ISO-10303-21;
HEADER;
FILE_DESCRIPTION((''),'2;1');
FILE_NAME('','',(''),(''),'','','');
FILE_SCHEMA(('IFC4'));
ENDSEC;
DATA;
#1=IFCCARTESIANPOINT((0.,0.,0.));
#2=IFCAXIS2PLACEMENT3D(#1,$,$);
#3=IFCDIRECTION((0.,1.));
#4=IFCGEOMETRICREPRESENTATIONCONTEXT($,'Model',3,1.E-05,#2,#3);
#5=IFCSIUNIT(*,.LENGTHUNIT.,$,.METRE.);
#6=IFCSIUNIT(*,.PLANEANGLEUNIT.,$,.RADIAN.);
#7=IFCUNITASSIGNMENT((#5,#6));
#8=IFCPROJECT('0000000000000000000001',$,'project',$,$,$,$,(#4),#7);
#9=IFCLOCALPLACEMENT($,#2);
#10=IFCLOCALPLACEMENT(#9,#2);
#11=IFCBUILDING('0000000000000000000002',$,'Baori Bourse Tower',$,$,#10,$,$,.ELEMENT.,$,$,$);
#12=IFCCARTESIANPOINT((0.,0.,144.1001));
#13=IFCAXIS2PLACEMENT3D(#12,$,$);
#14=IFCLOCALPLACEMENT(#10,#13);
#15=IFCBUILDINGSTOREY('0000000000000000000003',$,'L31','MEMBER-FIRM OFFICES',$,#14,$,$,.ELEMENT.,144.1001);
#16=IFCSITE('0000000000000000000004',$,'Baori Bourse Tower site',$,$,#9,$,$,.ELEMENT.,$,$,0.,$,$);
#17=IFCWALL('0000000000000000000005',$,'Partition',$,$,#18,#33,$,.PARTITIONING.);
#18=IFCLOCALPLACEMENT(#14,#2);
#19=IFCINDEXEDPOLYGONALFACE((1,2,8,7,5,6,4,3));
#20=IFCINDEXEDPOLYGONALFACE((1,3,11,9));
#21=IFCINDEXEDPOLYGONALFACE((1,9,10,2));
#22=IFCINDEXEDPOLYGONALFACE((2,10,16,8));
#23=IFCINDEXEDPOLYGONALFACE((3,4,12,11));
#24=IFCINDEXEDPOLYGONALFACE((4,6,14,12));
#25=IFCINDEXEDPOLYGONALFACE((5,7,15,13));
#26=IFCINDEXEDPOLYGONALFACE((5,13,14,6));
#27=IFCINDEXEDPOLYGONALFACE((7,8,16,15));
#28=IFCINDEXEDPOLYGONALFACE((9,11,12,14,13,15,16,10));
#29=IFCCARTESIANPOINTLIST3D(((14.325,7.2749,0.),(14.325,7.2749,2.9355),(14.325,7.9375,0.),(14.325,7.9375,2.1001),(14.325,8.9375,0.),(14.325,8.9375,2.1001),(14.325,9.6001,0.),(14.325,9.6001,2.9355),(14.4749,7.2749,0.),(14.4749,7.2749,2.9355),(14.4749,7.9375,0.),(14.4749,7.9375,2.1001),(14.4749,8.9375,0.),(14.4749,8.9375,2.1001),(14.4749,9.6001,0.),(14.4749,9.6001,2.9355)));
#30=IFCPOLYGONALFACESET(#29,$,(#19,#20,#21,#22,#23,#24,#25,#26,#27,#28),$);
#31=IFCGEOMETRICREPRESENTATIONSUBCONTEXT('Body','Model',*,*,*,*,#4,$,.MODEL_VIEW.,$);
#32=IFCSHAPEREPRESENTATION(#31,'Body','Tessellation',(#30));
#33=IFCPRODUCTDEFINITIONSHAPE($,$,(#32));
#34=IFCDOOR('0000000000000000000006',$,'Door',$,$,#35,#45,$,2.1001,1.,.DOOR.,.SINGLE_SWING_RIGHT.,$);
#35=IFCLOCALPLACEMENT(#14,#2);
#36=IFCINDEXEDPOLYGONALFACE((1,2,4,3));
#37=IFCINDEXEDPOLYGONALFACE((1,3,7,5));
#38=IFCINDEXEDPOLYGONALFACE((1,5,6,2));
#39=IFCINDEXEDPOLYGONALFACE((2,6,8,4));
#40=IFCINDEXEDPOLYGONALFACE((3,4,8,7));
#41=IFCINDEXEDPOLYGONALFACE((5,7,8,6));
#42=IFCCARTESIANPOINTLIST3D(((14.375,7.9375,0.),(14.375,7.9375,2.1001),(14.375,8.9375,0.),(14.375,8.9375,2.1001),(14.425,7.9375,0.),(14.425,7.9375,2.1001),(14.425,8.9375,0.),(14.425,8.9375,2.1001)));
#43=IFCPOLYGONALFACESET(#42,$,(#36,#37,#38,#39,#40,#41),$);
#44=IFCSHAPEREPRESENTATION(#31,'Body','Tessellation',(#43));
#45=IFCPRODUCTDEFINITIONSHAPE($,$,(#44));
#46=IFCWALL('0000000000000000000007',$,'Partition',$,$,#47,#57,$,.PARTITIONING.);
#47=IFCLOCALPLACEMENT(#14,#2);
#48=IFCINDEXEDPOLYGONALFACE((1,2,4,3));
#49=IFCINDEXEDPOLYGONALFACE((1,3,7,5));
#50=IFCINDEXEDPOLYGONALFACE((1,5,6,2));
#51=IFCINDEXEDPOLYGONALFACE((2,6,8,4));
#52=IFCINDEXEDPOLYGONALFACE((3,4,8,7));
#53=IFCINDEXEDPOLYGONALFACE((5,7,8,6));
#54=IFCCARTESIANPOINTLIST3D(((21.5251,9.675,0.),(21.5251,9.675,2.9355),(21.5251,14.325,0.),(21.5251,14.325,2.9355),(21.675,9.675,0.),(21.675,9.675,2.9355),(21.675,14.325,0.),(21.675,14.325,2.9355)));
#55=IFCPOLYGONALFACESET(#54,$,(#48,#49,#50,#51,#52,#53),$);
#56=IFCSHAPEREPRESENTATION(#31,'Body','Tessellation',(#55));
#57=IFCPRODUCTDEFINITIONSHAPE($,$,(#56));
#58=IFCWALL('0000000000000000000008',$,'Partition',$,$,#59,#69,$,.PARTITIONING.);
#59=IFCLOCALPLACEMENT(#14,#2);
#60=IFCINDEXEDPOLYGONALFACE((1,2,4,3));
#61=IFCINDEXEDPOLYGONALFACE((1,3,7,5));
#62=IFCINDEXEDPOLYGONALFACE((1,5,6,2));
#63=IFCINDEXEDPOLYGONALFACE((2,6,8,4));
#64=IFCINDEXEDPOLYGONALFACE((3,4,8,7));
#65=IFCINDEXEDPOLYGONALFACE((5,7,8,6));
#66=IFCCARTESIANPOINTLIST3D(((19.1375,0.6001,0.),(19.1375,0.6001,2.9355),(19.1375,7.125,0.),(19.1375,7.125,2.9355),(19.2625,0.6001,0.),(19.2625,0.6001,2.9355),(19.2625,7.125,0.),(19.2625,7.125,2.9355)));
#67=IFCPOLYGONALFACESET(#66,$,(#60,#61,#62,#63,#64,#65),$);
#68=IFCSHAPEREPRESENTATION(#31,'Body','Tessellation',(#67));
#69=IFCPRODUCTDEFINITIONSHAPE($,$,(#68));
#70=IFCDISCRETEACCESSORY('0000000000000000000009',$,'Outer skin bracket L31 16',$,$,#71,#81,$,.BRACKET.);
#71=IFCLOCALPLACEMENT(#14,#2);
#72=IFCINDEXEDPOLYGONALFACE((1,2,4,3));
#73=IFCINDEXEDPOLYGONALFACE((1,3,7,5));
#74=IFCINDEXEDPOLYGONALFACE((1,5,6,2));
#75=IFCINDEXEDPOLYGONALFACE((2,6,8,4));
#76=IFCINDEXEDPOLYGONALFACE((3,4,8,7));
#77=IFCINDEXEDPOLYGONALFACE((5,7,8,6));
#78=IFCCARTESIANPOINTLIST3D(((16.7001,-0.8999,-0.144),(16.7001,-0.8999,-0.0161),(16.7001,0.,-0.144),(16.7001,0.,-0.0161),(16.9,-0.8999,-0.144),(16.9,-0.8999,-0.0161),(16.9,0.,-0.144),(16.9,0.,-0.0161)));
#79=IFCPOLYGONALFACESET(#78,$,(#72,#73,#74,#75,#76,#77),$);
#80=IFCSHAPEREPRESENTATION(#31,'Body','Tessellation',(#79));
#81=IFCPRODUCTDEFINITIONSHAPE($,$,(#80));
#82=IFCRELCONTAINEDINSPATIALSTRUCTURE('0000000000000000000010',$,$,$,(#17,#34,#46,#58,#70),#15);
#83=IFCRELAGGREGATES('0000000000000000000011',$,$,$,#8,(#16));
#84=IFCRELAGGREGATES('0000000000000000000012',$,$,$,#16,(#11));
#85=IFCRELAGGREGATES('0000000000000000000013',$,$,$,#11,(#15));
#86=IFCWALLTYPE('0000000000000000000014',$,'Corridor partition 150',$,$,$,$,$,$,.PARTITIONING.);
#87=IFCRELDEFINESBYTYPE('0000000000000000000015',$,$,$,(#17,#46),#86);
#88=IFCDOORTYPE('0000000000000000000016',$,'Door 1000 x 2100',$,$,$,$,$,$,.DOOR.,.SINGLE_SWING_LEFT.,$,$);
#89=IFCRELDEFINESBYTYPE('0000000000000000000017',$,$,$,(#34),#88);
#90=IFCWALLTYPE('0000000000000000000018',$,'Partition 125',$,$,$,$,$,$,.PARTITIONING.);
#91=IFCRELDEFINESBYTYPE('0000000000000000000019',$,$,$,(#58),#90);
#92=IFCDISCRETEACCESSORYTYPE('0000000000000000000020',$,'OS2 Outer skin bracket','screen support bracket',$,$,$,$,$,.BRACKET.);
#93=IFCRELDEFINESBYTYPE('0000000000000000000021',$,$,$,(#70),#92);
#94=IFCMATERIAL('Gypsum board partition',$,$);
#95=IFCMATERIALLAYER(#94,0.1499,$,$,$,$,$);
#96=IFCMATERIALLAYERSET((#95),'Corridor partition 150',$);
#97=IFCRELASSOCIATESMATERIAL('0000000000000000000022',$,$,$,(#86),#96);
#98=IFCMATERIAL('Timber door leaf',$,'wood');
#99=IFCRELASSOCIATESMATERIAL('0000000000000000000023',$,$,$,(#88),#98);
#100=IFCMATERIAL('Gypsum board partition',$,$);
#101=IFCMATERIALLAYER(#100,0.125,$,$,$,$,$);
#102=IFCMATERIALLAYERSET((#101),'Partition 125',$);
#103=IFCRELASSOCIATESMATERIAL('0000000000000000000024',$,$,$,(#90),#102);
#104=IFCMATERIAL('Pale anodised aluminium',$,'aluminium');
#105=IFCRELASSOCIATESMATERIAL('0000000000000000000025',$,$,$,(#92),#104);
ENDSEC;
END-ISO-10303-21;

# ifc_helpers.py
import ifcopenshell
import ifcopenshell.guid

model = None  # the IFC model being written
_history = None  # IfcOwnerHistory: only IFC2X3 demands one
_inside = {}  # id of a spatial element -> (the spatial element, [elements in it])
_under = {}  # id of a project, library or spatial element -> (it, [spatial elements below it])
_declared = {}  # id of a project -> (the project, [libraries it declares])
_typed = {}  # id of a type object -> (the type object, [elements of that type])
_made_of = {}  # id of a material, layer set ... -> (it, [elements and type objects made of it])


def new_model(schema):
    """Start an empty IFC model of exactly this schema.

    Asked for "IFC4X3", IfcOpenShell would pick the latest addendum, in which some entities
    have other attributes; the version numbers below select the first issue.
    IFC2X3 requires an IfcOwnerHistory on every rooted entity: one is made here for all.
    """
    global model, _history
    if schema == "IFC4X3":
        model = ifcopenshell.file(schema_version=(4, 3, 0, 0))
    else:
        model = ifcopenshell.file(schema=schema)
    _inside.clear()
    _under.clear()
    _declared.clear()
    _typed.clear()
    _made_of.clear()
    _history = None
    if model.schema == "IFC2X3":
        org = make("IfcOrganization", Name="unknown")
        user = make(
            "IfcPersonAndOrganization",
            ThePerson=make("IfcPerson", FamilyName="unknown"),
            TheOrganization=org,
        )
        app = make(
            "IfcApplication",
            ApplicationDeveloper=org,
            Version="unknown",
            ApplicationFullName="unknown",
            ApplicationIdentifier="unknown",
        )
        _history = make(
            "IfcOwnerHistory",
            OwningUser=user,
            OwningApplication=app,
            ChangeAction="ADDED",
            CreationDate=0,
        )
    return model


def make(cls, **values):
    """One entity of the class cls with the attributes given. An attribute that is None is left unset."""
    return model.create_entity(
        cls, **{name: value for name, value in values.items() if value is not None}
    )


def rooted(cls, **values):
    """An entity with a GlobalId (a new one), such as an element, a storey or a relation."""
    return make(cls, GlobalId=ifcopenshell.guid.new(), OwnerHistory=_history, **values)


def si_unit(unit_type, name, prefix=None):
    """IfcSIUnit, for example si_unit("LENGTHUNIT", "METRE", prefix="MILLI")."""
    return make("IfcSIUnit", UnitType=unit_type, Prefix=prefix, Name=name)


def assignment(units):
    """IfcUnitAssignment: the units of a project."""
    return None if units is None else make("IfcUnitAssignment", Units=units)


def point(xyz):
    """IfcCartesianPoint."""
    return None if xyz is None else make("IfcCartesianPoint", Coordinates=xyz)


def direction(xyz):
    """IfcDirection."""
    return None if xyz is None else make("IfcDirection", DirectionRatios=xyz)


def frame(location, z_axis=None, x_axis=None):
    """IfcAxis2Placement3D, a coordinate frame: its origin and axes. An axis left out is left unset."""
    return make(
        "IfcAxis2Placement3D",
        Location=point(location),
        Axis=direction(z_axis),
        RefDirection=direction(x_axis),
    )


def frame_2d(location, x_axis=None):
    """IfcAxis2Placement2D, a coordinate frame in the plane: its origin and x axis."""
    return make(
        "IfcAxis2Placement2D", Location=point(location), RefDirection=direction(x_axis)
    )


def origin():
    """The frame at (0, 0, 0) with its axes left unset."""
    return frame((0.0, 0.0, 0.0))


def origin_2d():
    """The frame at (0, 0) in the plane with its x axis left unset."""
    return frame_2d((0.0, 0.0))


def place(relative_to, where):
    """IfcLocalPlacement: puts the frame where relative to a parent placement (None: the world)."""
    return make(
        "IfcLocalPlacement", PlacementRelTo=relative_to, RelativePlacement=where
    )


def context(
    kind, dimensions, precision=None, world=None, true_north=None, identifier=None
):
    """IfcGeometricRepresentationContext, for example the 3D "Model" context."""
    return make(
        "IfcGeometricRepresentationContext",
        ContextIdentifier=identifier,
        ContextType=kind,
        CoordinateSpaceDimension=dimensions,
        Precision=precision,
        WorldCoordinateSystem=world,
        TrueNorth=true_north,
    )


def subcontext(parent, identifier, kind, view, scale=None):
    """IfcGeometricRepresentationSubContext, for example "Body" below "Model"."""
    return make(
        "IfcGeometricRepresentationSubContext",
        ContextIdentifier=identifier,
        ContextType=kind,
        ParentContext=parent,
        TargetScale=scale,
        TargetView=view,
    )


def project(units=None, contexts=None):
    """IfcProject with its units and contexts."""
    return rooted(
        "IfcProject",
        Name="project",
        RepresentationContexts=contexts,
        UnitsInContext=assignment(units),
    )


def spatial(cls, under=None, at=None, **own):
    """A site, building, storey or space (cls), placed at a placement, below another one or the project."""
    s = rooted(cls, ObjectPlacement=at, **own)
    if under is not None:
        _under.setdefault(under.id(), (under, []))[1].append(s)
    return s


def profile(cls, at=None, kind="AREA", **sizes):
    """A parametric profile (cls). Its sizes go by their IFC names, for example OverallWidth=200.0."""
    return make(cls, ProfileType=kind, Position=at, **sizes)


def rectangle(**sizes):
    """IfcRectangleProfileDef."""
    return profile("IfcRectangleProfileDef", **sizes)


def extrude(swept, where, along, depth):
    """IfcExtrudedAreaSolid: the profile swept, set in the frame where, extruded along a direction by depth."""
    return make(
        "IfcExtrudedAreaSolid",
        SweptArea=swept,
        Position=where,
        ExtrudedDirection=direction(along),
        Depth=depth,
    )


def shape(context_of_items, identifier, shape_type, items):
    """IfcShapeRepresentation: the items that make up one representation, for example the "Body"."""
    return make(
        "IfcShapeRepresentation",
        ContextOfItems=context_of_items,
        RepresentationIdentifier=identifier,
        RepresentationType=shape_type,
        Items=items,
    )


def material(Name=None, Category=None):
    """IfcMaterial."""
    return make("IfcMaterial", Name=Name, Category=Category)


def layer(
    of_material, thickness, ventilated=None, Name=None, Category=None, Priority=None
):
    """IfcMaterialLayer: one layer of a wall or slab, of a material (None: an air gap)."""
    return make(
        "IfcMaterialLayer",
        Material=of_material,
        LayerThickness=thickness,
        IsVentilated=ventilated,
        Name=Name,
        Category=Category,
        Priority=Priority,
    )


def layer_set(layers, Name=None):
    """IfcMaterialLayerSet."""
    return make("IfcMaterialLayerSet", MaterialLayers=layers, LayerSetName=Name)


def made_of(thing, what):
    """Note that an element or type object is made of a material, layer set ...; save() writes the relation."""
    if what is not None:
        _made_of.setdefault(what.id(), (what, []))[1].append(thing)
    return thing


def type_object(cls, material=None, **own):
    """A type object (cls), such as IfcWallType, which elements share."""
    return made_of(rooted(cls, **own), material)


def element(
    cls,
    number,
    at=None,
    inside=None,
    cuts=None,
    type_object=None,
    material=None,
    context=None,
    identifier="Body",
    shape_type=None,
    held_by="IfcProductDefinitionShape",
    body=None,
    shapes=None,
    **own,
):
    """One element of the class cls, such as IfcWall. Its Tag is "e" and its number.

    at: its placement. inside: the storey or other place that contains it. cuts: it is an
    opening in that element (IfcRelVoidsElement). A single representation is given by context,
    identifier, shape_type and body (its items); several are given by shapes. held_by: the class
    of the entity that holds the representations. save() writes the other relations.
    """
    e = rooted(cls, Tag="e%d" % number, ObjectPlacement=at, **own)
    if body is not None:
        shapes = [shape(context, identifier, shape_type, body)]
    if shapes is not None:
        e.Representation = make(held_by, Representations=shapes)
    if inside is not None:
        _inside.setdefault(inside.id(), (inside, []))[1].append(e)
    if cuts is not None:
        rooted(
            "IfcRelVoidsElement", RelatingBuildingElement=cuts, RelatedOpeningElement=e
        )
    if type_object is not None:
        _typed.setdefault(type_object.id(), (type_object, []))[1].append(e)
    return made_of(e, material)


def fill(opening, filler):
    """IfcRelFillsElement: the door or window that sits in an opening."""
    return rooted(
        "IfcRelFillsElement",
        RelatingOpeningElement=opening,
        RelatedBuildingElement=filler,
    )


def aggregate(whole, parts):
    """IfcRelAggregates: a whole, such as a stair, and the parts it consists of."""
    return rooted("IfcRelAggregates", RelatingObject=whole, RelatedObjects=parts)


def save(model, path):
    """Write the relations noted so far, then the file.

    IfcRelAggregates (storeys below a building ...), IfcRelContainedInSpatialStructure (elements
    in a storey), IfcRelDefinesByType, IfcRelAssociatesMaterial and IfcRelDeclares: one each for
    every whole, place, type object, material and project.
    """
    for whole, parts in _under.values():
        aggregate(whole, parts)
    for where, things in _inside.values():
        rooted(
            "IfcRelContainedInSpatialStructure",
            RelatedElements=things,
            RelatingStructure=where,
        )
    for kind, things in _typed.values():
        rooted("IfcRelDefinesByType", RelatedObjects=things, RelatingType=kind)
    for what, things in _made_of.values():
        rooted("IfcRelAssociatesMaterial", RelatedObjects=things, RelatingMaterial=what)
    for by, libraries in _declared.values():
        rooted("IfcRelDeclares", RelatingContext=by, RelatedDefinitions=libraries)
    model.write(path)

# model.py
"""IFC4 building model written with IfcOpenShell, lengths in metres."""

from ifc_helpers import new_model, si_unit, direction, frame, frame_2d, origin, origin_2d, place, context, subcontext, project, spatial, rectangle, extrude, material, layer, layer_set, type_object, element, fill, save


model = new_model("IFC4")

# Units and contexts
model_context = context("Model", 3, precision=1e-05, world=origin(), true_north=direction((0.0, 1.0)))
body_context = subcontext(model_context, "Body", "Model", "MODEL_VIEW")
ifc_project = project(units=[si_unit("LENGTHUNIT", "METRE"), si_unit("PLANEANGLEUNIT", "RADIAN")], contexts=[model_context])

# Site, building, storey
site_placement = place(None, origin())
site = spatial("IfcSite", under=ifc_project, at=site_placement, Name="Baori Bourse Tower site", CompositionType="ELEMENT", RefElevation=0.0)
building_placement = place(site_placement, origin())
building = spatial("IfcBuilding", under=site, at=building_placement, Name="Baori Bourse Tower", CompositionType="ELEMENT")
storey_placement = place(building_placement, frame((0.0, 0.0, 144.1001)))
storey = spatial("IfcBuildingStorey", under=building, at=storey_placement, Name="L31", Description="MEMBER-FIRM OFFICES", CompositionType="ELEMENT", Elevation=144.1001)

# Shared definitions
ifc_material_1 = material(Name="Gypsum board partition")
ifc_layer_1 = layer(ifc_material_1, 0.1499)
ifc_layer_set_1 = layer_set([ifc_layer_1], Name="Corridor partition 150")
wall_type_1 = type_object("IfcWallType", Name="Corridor partition 150", PredefinedType="PARTITIONING", material=ifc_layer_set_1)
ifc_material_2 = material(Name="Timber door leaf", Category="wood")
door_type_1 = type_object("IfcDoorType", Name="Door 1000 x 2100", OperationType="SINGLE_SWING_LEFT", PredefinedType="DOOR", material=ifc_material_2)

# Wall, opening, door
wall_1_placement = place(storey_placement, frame((14.3999, 7.2749, 0.0), z_axis=(0.0, 0.0, 1.0), x_axis=(0.0, 1.0, 0.0)))
wall_1 = element("IfcWall", 1, at=wall_1_placement, inside=storey, type_object=wall_type_1, Name="Partition", PredefinedType="PARTITIONING", context=body_context, shape_type="SweptSolid", body=[
    extrude(rectangle(XDim=2.3252, YDim=0.1499, at=frame_2d((1.1626, 0.0))), origin(), (0.0, 0.0, 1.0), 2.9355),
])
opening_1_placement = place(wall_1_placement, frame((0.6626, 0.0, 0.0)))
opening_1 = element("IfcOpeningElement", 2, at=opening_1_placement, cuts=wall_1, PredefinedType="OPENING", context=body_context, shape_type="SweptSolid", body=[
    extrude(rectangle(XDim=1.0, YDim=2.1001, at=frame_2d((0.5, 1.05))), frame((0.0, 0.085, 0.0), z_axis=(0.0, -1.0, 0.0), x_axis=(1.0, 0.0, 0.0)), (0.0, 0.0, 1.0), 0.1699),
])
door_1_placement = place(opening_1_placement, origin())
door_1 = element("IfcDoor", 3, at=door_1_placement, inside=storey, type_object=door_type_1, Name="Door", OperationType="SINGLE_SWING_RIGHT", OverallHeight=2.1001, OverallWidth=1.0, PredefinedType="DOOR", context=body_context, shape_type="SweptSolid", body=[
    extrude(rectangle(XDim=1.0, YDim=2.1001, at=frame_2d((0.5, 1.05))), frame((0.0, 0.0249, 0.0), z_axis=(0.0, -1.0, 0.0), x_axis=(1.0, 0.0, 0.0)), (0.0, 0.0, 1.0), 0.05),
])
fill(opening_1, door_1)

# Walls
wall_2_placement = place(storey_placement, frame((21.6001, 9.675, 0.0), z_axis=(0.0, 0.0, 1.0), x_axis=(0.0, 1.0, 0.0)))
element("IfcWall", 4, at=wall_2_placement, inside=storey, type_object=wall_type_1, Name="Partition", PredefinedType="PARTITIONING", context=body_context, shape_type="SweptSolid", body=[
    extrude(rectangle(XDim=4.6499, YDim=0.1499, at=frame_2d((2.325, 0.0))), origin(), (0.0, 0.0, 1.0), 2.9355),
])
ifc_material_3 = material(Name="Gypsum board partition")
ifc_layer_2 = layer(ifc_material_3, 0.125)
ifc_layer_set_2 = layer_set([ifc_layer_2], Name="Partition 125")
wall_type_2 = type_object("IfcWallType", Name="Partition 125", PredefinedType="PARTITIONING", material=ifc_layer_set_2)
wall_3_placement = place(storey_placement, frame((19.2, 0.6001, 0.0), z_axis=(0.0, 0.0, 1.0), x_axis=(0.0, 1.0, 0.0)))
element("IfcWall", 5, at=wall_3_placement, inside=storey, type_object=wall_type_2, Name="Partition", PredefinedType="PARTITIONING", context=body_context, shape_type="SweptSolid", body=[
    extrude(rectangle(XDim=6.5249, YDim=0.125, at=frame_2d((3.2625, 0.0))), origin(), (0.0, 0.0, 1.0), 2.9355),
])

# Discrete accessory
ifc_material_4 = material(Name="Pale anodised aluminium", Category="aluminium")
discrete_accessory_type = type_object("IfcDiscreteAccessoryType", Name="OS2 Outer skin bracket", Description="screen support bracket", PredefinedType="BRACKET", material=ifc_material_4)
discrete_accessory_placement = place(storey_placement, frame((16.8, -0.45, -0.144), z_axis=(0.0, 0.0, 1.0), x_axis=(1.0, 0.0, 0.0)))
element("IfcDiscreteAccessory", 6, at=discrete_accessory_placement, inside=storey, type_object=discrete_accessory_type, Name="Outer skin bracket L31 16", PredefinedType="BRACKET", context=body_context, shape_type="SweptSolid", body=[
    extrude(rectangle(XDim=0.2, YDim=0.8999, at=origin_2d()), origin(), (0.0, 0.0, 1.0), 0.1279),
])

save(model, "model.ifc")
